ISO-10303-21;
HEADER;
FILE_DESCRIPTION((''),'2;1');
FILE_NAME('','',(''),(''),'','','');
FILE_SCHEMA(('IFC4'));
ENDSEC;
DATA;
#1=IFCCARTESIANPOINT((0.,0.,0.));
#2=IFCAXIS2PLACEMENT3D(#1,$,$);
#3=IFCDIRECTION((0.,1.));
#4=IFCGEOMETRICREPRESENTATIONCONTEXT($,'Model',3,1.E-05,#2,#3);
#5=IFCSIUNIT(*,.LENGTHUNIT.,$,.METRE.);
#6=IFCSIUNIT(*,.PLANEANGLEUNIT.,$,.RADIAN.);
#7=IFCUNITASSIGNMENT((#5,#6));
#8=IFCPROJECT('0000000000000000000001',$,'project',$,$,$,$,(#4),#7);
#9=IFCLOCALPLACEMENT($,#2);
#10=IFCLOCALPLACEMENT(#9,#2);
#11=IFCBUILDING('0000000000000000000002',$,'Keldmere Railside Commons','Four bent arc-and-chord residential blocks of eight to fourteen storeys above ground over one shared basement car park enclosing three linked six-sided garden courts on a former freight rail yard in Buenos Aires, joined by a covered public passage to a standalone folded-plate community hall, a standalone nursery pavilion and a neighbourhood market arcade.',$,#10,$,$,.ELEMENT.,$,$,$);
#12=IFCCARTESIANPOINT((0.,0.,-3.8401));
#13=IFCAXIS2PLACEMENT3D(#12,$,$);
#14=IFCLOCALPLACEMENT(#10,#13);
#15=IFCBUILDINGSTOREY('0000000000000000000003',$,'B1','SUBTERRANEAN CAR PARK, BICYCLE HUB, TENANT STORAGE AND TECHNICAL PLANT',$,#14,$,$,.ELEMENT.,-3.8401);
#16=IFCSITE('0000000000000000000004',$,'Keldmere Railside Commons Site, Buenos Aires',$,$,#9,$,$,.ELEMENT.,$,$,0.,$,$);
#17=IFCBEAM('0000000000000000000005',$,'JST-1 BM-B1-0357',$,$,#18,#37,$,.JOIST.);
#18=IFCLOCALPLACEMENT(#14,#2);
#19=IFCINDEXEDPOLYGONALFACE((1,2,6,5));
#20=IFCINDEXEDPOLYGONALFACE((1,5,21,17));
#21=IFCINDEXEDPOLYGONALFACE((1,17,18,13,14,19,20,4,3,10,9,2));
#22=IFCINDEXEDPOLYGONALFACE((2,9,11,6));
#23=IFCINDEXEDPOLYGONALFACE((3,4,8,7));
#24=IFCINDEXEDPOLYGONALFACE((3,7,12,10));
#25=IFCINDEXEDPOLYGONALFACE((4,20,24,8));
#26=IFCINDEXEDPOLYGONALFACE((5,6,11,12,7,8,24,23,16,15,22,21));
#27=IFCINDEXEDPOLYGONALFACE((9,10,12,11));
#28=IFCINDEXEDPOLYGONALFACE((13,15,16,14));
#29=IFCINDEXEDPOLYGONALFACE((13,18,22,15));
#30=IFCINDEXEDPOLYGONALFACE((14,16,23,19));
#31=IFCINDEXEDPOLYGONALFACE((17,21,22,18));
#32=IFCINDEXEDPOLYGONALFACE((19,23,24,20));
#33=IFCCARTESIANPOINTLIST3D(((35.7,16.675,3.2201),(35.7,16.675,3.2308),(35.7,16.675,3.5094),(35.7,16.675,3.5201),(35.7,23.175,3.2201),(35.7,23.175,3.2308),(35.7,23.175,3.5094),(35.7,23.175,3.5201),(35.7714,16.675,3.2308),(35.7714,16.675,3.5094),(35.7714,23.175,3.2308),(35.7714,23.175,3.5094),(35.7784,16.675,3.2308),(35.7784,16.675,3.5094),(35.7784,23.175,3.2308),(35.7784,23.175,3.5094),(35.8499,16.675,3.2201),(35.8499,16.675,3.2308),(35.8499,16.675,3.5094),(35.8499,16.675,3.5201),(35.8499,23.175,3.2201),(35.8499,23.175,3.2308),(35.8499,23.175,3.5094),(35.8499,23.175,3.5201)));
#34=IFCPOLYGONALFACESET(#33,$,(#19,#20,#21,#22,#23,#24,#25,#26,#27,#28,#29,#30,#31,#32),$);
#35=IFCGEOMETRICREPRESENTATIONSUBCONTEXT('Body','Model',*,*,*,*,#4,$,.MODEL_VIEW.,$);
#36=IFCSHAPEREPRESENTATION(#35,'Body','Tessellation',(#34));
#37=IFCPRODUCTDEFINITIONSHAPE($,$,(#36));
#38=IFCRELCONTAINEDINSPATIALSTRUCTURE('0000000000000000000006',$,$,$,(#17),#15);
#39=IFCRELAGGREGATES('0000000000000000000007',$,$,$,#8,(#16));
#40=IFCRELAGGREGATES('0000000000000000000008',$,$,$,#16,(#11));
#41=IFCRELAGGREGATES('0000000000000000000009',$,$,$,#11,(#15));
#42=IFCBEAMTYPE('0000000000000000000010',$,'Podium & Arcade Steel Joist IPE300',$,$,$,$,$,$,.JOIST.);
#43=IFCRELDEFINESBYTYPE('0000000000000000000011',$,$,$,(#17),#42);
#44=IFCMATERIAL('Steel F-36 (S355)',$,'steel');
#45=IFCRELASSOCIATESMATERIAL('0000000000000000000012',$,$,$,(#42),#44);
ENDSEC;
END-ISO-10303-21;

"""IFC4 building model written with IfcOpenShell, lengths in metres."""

from ifc_helpers import new_model, si_unit, direction, frame, origin, origin_2d, place, context, subcontext, project, spatial, i_section, extrude, material, material_profile, profile_set, type_object, element, save


model = new_model("IFC4")

# Units and contexts
model_context = context("Model", 3, precision=1e-05, world=origin(), true_north=direction((0.0, 1.0)))
body_context = subcontext(model_context, "Body", "Model", "MODEL_VIEW")
ifc_project = project(units=[si_unit("LENGTHUNIT", "METRE"), si_unit("PLANEANGLEUNIT", "RADIAN")], contexts=[model_context])

# Site, building, storey
site_placement = place(None, origin())
site = spatial("IfcSite", under=ifc_project, at=site_placement, Name="Keldmere Railside Commons Site, Buenos Aires", CompositionType="ELEMENT", RefElevation=0.0)
building_placement = place(site_placement, origin())
building = spatial("IfcBuilding", under=site, at=building_placement, Name="Keldmere Railside Commons", Description="Four bent arc-and-chord residential blocks of eight to fourteen storeys above ground over one shared basement car park enclosing three linked six-sided garden courts on a former freight rail yard in Buenos Aires, joined by a covered public passage to a standalone folded-plate community hall, a standalone nursery pavilion and a neighbourhood market arcade.", CompositionType="ELEMENT")
storey_placement = place(building_placement, frame((0.0, 0.0, -3.8401)))
storey = spatial("IfcBuildingStorey", under=building, at=storey_placement, Name="B1", Description="SUBTERRANEAN CAR PARK, BICYCLE HUB, TENANT STORAGE AND TECHNICAL PLANT", CompositionType="ELEMENT", Elevation=-3.8401)

# Beam
ifc_material_1 = material(Name="Steel F-36 (S355)", Category="steel")
ifc_material_profile_1 = material_profile(ifc_material_1, i_section(OverallWidth=0.1499, OverallDepth=0.3, WebThickness=0.0071, FlangeThickness=0.0107, at=origin_2d()), Name="IPE-300")
ifc_profile_set_1 = profile_set([ifc_material_profile_1], Name="Steel F-36 (S355)")
beam_type_1 = type_object("IfcBeamType", Name="Podium & Arcade Steel Joist IPE300", PredefinedType="JOIST", material=ifc_profile_set_1)
beam_1_placement = place(storey_placement, frame((35.7749, 16.675, 3.3701), z_axis=(0.0, 1.0, 0.0), x_axis=(-1.0, 0.0, 0.0)))
element("IfcBeam", 1, at=beam_1_placement, inside=storey, type_object=beam_type_1, Name="JST-1 BM-B1-0357", PredefinedType="JOIST", context=body_context, shape_type="SweptSolid", body=[
    extrude(i_section(OverallWidth=0.1499, OverallDepth=0.3, WebThickness=0.0071, FlangeThickness=0.0107, at=origin_2d()), origin(), (0.0, 0.0, 1.0), 6.5),
])

save(model, "model.ifc")
